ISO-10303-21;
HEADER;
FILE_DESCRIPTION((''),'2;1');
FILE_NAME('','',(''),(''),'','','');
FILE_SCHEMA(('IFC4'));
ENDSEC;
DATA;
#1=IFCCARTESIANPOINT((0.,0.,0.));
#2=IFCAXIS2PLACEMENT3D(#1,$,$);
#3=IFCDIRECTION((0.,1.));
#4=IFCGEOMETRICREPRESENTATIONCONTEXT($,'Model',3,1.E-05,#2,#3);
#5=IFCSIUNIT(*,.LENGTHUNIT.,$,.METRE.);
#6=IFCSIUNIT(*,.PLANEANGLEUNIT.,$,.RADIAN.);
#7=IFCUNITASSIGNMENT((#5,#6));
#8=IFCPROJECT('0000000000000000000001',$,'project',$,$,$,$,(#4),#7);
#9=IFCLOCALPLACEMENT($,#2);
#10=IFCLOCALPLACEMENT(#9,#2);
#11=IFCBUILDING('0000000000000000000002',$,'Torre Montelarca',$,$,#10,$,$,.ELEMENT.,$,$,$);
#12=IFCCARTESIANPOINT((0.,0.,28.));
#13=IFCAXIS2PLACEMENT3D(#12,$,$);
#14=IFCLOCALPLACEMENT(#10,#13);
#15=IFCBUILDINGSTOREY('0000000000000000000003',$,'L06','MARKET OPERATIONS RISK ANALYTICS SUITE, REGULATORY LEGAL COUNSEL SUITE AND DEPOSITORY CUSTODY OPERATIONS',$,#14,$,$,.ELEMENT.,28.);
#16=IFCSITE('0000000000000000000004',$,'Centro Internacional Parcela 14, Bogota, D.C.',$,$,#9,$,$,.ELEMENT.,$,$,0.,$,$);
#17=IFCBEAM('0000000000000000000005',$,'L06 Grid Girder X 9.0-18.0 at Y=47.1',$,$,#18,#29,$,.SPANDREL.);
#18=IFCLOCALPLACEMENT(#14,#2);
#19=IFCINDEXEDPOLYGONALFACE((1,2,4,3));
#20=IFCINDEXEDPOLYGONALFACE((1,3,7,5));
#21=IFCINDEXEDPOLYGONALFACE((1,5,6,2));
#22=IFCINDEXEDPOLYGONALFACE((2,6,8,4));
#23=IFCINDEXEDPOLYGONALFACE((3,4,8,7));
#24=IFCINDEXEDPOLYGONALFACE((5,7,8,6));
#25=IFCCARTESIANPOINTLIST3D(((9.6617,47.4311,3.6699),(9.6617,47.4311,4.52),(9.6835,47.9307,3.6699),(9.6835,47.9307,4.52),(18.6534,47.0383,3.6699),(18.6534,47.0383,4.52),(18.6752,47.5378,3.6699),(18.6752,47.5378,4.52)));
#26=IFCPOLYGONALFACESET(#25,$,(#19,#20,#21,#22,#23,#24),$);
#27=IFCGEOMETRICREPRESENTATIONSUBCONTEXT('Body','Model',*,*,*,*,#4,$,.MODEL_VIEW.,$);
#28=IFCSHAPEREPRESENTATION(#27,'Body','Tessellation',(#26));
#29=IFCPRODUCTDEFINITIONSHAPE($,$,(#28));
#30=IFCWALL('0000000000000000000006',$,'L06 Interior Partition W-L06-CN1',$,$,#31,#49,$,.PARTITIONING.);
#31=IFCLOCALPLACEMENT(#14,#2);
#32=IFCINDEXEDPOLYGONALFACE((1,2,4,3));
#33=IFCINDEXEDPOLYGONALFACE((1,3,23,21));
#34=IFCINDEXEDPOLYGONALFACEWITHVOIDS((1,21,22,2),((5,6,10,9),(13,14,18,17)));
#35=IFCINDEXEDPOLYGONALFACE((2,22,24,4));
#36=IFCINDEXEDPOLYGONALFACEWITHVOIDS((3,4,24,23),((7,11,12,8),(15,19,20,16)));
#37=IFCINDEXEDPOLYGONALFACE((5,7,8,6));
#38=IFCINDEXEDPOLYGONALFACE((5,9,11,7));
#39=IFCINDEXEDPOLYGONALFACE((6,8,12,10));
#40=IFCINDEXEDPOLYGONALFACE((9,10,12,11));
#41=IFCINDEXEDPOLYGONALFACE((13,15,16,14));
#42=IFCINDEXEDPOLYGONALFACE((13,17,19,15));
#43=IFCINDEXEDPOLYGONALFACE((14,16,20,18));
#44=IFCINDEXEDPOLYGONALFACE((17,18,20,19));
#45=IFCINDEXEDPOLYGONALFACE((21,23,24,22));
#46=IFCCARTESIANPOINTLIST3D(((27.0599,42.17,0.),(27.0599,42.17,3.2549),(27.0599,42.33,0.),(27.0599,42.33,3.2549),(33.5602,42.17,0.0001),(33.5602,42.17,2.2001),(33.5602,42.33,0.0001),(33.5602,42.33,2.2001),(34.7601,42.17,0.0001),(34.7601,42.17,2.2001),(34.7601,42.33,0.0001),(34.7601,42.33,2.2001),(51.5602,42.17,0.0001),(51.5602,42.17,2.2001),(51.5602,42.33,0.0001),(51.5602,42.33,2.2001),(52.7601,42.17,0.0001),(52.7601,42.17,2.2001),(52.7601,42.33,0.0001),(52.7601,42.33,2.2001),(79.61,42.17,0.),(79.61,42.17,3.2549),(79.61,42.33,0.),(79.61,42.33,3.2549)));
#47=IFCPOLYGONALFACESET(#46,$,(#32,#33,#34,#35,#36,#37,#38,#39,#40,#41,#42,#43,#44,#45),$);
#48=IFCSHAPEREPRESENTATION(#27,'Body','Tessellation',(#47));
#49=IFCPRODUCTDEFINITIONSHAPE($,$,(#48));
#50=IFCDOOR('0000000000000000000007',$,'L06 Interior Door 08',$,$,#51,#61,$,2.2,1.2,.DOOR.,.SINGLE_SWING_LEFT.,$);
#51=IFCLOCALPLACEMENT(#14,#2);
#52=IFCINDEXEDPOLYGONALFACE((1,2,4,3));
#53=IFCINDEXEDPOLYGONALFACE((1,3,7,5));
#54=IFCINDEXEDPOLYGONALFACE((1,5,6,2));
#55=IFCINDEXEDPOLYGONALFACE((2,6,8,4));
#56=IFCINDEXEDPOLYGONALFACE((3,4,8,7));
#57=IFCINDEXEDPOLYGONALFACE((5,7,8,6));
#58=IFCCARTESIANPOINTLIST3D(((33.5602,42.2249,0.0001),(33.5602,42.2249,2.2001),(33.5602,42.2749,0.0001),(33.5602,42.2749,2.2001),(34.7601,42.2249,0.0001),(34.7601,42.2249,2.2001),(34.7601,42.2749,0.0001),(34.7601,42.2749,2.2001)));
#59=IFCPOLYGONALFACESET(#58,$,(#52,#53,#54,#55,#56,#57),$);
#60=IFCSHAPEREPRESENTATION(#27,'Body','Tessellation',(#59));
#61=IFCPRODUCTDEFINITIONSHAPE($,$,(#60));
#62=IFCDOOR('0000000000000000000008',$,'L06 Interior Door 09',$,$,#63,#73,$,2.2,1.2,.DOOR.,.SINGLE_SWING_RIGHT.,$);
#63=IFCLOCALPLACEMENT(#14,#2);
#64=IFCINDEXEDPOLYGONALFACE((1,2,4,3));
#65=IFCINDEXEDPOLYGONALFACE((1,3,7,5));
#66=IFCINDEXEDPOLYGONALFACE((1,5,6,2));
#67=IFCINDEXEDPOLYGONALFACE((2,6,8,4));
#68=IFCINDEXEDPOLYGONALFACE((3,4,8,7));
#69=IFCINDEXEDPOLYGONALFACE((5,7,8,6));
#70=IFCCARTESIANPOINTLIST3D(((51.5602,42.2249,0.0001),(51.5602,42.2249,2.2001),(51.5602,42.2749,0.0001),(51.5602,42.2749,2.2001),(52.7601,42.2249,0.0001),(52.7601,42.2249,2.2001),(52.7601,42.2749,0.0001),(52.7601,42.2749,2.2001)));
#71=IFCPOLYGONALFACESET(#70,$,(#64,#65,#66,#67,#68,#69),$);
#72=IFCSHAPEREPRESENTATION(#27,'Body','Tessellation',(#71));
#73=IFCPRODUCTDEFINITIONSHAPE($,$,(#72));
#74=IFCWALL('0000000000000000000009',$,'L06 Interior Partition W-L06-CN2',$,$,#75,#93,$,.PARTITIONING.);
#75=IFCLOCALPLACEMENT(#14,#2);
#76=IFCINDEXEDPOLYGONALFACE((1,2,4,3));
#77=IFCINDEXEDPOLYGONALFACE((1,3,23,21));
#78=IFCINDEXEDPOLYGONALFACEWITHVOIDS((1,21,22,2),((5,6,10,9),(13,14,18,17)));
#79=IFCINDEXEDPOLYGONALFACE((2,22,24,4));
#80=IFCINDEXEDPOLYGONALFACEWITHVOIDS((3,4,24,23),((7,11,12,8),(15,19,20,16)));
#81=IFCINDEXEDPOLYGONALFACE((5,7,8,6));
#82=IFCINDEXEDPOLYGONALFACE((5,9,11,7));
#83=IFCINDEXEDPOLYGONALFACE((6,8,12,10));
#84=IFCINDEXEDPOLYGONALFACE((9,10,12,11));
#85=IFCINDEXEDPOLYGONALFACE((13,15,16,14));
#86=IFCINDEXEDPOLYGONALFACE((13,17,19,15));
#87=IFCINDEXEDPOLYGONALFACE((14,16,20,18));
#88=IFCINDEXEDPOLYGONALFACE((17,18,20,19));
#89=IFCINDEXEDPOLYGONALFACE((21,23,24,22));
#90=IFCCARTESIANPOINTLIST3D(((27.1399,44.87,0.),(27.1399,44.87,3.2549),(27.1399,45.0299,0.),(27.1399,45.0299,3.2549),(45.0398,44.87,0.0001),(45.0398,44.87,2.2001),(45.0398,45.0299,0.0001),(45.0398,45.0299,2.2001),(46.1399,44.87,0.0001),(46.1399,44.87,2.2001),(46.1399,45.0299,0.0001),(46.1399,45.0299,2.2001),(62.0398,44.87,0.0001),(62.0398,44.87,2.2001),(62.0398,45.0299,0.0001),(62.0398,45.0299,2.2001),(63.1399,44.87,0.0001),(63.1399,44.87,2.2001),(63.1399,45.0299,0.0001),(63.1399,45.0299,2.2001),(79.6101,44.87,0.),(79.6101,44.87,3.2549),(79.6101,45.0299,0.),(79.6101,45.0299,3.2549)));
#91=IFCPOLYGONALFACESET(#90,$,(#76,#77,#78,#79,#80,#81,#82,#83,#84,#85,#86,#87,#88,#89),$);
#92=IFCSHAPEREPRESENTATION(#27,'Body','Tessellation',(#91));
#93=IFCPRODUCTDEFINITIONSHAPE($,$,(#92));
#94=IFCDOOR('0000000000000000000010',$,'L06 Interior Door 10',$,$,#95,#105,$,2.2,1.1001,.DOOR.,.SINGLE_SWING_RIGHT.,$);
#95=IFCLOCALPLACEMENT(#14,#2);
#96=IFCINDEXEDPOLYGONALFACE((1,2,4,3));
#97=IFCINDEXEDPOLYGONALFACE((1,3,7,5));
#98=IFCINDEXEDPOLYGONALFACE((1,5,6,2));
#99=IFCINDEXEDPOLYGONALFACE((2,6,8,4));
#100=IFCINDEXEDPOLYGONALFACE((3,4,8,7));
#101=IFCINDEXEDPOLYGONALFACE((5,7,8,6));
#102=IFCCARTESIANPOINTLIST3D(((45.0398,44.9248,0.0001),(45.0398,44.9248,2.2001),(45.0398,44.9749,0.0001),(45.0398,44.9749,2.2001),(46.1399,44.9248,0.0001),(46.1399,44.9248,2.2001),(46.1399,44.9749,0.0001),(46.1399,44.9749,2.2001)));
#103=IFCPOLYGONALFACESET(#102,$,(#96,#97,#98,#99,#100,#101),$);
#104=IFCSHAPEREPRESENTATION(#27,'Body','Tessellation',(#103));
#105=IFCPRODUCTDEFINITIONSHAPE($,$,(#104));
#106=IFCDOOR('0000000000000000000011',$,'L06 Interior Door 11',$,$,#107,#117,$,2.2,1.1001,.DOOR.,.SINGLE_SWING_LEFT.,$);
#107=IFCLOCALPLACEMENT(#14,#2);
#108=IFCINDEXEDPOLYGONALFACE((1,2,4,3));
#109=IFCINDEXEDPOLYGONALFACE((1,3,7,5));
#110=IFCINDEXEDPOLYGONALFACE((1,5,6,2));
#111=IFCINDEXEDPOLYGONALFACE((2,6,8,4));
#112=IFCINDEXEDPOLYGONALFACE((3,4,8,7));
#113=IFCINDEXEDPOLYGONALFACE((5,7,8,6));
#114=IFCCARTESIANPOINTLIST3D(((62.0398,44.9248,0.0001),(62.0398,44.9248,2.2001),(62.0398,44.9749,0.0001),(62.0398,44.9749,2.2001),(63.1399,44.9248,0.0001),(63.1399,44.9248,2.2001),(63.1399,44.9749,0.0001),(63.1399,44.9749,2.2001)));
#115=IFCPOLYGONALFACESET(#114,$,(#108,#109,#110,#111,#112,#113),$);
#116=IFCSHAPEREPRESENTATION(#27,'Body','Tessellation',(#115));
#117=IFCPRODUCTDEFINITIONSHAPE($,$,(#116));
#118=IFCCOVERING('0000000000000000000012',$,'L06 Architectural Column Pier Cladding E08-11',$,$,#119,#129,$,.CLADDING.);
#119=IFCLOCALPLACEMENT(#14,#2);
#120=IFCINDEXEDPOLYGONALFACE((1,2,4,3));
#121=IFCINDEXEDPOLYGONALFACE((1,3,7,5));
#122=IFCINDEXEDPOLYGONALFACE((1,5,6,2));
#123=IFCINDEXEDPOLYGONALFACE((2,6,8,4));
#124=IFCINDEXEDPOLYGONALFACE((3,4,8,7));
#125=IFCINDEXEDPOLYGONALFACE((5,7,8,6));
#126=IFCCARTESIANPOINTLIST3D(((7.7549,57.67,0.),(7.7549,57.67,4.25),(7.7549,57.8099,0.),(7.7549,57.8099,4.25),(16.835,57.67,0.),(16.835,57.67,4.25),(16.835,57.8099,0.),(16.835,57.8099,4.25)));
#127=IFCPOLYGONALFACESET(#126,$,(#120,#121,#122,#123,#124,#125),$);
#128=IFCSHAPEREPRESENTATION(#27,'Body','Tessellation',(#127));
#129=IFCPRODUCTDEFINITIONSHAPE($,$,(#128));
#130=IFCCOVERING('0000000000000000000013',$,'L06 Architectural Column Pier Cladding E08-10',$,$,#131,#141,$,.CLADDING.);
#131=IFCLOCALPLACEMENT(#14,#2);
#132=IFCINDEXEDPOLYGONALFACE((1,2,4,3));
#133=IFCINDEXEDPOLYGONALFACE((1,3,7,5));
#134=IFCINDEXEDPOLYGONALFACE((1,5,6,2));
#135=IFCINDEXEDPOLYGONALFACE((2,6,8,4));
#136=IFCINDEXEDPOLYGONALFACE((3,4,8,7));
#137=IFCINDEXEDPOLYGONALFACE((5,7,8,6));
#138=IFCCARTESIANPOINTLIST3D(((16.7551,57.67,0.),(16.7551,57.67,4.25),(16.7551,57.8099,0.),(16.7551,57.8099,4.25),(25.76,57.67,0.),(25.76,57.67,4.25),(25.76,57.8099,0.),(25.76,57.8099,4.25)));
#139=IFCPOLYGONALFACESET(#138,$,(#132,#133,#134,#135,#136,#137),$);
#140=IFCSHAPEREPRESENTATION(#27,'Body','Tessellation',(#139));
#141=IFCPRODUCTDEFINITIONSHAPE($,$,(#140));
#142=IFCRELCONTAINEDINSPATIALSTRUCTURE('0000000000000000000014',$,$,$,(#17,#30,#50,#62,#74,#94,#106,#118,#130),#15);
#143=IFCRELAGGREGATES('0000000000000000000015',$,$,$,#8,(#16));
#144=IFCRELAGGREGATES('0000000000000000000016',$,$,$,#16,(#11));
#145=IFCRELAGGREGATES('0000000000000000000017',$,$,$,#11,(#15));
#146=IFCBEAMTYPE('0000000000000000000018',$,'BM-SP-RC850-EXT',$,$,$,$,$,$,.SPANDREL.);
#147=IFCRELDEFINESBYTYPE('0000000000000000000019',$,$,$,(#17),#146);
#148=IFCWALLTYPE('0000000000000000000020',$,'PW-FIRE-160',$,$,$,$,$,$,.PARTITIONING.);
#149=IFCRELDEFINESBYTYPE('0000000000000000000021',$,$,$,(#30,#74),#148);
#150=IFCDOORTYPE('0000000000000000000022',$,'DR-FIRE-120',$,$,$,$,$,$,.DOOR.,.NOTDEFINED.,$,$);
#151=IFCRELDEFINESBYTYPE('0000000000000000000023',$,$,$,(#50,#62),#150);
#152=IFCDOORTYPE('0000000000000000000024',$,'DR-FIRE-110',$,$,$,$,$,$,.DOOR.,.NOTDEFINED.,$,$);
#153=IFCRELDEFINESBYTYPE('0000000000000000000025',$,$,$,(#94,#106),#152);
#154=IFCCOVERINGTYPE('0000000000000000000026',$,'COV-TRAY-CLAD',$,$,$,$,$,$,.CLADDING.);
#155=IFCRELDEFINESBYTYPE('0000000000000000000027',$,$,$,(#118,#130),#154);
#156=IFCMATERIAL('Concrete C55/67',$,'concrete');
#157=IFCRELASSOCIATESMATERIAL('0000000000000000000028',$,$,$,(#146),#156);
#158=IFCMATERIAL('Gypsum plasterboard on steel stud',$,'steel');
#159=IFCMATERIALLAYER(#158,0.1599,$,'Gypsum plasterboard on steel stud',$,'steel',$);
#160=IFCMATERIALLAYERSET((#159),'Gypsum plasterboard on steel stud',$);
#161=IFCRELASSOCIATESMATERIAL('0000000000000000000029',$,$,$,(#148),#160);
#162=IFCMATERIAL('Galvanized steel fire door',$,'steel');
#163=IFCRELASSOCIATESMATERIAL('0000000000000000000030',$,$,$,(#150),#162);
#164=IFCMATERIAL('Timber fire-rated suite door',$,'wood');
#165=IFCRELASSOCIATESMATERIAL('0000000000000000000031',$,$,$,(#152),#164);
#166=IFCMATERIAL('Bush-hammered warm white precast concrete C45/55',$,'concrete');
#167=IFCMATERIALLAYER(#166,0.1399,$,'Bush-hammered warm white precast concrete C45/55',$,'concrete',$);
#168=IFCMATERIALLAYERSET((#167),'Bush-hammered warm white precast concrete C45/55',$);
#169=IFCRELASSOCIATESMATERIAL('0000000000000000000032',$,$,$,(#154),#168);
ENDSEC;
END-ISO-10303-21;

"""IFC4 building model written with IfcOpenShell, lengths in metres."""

from ifc_helpers import new_model, si_unit, direction, frame, frame_2d, origin, origin_2d, place, context, subcontext, project, spatial, rectangle, extrude, source, transform, mapped, material, layer, layer_set, material_profile, profile_set, type_object, element, fill, save


model = new_model("IFC4")

# Units and contexts
model_context = context("Model", 3, precision=1e-05, world=origin(), true_north=direction((0.0, 1.0)))
body_context = subcontext(model_context, "Body", "Model", "MODEL_VIEW")
ifc_project = project(units=[si_unit("LENGTHUNIT", "METRE"), si_unit("PLANEANGLEUNIT", "RADIAN")], contexts=[model_context])

# Site, building, storey
site_placement = place(None, origin())
site = spatial("IfcSite", under=ifc_project, at=site_placement, Name="Centro Internacional Parcela 14, Bogota, D.C.", CompositionType="ELEMENT", RefElevation=0.0)
building_placement = place(site_placement, origin())
building = spatial("IfcBuilding", under=site, at=building_placement, Name="Torre Montelarca", CompositionType="ELEMENT")
storey_placement = place(building_placement, frame((0.0, 0.0, 28.0)))
storey = spatial("IfcBuildingStorey", under=building, at=storey_placement, Name="L06", Description="MARKET OPERATIONS RISK ANALYTICS SUITE, REGULATORY LEGAL COUNSEL SUITE AND DEPOSITORY CUSTODY OPERATIONS", CompositionType="ELEMENT", Elevation=28.0)

# Beam
ifc_material_1 = material(Name="Concrete C55/67", Category="concrete")
ifc_material_profile_1 = material_profile(ifc_material_1, rectangle(XDim=0.5, YDim=0.8501, at=origin_2d()), Name="RCB500X850", Category="concrete")
ifc_profile_set_1 = profile_set([ifc_material_profile_1], Name="Concrete C55/67")
beam_type_1 = type_object("IfcBeamType", Name="BM-SP-RC850-EXT", PredefinedType="SPANDREL", material=ifc_profile_set_1)
shared_shape_1 = source(origin(), body_context, "Body", "SweptSolid", [
    extrude(rectangle(XDim=0.5, YDim=0.8501, at=origin_2d()), origin(), (0.0, 0.0, 1.0), 9.0002),
])
beam_1_placement = place(storey_placement, frame((9.6726, 47.6809, 4.095), z_axis=(0.999047, -0.043646, 0.0), x_axis=(0.043646, 0.999047, 0.0)))
element("IfcBeam", 1, at=beam_1_placement, inside=storey, type_object=beam_type_1, Name="L06 Grid Girder X 9.0-18.0 at Y=47.1", PredefinedType="SPANDREL", context=body_context, shape_type="MappedRepresentation", body=[
    mapped(shared_shape_1, transform((0.0, 0.0, 0.0), scale=1.0)),
])

# Walls, openings, doors
ifc_material_2 = material(Name="Gypsum plasterboard on steel stud", Category="steel")
ifc_layer_1 = layer(ifc_material_2, 0.1599, Name="Gypsum plasterboard on steel stud", Category="steel")
ifc_layer_set_1 = layer_set([ifc_layer_1], Name="Gypsum plasterboard on steel stud")
wall_type = type_object("IfcWallType", Name="PW-FIRE-160", PredefinedType="PARTITIONING", material=ifc_layer_set_1)
wall_1_placement = place(storey_placement, frame((27.0601, 42.25, 0.0), z_axis=(0.0, 0.0, 1.0), x_axis=(1.0, 0.0, 0.0)))
wall_1 = element("IfcWall", 2, at=wall_1_placement, inside=storey, type_object=wall_type, Name="L06 Interior Partition W-L06-CN1", PredefinedType="PARTITIONING", context=body_context, shape_type="SweptSolid", body=[
    extrude(rectangle(XDim=52.55, YDim=0.1599, at=frame_2d((26.2749, 0.0))), origin(), (0.0, 0.0, 1.0), 3.2549),
])
opening_1_placement = place(wall_1_placement, frame((6.5, 0.0, 0.0)))
opening_1 = element("IfcOpeningElement", 3, at=opening_1_placement, cuts=wall_1, PredefinedType="OPENING", context=body_context, shape_type="SweptSolid", body=[
    extrude(rectangle(XDim=1.2, YDim=2.2, at=frame_2d((0.6001, 1.1001))), frame((0.0, 0.0898, 0.0), z_axis=(0.0, -1.0, 0.0), x_axis=(1.0, 0.0, 0.0)), (0.0, 0.0, 1.0), 0.1799),
])
opening_2_placement = place(wall_1_placement, frame((24.5, 0.0, 0.0)))
opening_2 = element("IfcOpeningElement", 4, at=opening_2_placement, cuts=wall_1, PredefinedType="OPENING", context=body_context, shape_type="SweptSolid", body=[
    extrude(rectangle(XDim=1.2, YDim=2.2, at=frame_2d((0.6001, 1.1001))), frame((0.0, 0.0898, 0.0), z_axis=(0.0, -1.0, 0.0), x_axis=(1.0, 0.0, 0.0)), (0.0, 0.0, 1.0), 0.1799),
])
ifc_material_3 = material(Name="Galvanized steel fire door", Category="steel")
door_type_1 = type_object("IfcDoorType", Name="DR-FIRE-120", OperationType="NOTDEFINED", PredefinedType="DOOR", material=ifc_material_3)
shared_shape_2 = source(origin(), body_context, "Body", "SweptSolid", [
    extrude(rectangle(XDim=1.2, YDim=2.2, at=frame_2d((0.6001, 1.1001))), frame((0.0, 0.0249, 0.0), z_axis=(0.0, -1.0, 0.0), x_axis=(1.0, 0.0, 0.0)), (0.0, 0.0, 1.0), 0.05),
])
door_1_placement = place(opening_1_placement, origin())
door_1 = element("IfcDoor", 5, at=door_1_placement, inside=storey, type_object=door_type_1, Name="L06 Interior Door 08", OperationType="SINGLE_SWING_LEFT", OverallHeight=2.2, OverallWidth=1.2, PredefinedType="DOOR", context=body_context, shape_type="MappedRepresentation", body=[
    mapped(shared_shape_2, transform((0.0, 0.0, 0.0), scale=1.0)),
])
fill(opening_1, door_1)
door_2_placement = place(opening_2_placement, origin())
door_2 = element("IfcDoor", 6, at=door_2_placement, inside=storey, type_object=door_type_1, Name="L06 Interior Door 09", OperationType="SINGLE_SWING_RIGHT", OverallHeight=2.2, OverallWidth=1.2, PredefinedType="DOOR", context=body_context, shape_type="MappedRepresentation", body=[
    mapped(shared_shape_2, transform((0.0, 0.0, 0.0), scale=1.0)),
])
fill(opening_2, door_2)
wall_2_placement = place(storey_placement, frame((27.1399, 44.95, 0.0), z_axis=(0.0, 0.0, 1.0), x_axis=(1.0, 0.0, 0.0)))
wall_2 = element("IfcWall", 7, at=wall_2_placement, inside=storey, type_object=wall_type, Name="L06 Interior Partition W-L06-CN2", PredefinedType="PARTITIONING", context=body_context, shape_type="SweptSolid", body=[
    extrude(rectangle(XDim=52.4702, YDim=0.1599, at=frame_2d((26.2351, 0.0))), origin(), (0.0, 0.0, 1.0), 3.2549),
])
opening_3_placement = place(wall_2_placement, frame((17.8999, 0.0, 0.0)))
opening_3 = element("IfcOpeningElement", 8, at=opening_3_placement, cuts=wall_2, PredefinedType="OPENING", context=body_context, shape_type="SweptSolid", body=[
    extrude(rectangle(XDim=1.1001, YDim=2.2, at=frame_2d((0.55, 1.1001))), frame((0.0, 0.0898, 0.0), z_axis=(0.0, -1.0, 0.0), x_axis=(1.0, 0.0, 0.0)), (0.0, 0.0, 1.0), 0.1799),
])
opening_4_placement = place(wall_2_placement, frame((34.8999, 0.0, 0.0)))
opening_4 = element("IfcOpeningElement", 9, at=opening_4_placement, cuts=wall_2, PredefinedType="OPENING", context=body_context, shape_type="SweptSolid", body=[
    extrude(rectangle(XDim=1.1001, YDim=2.2, at=frame_2d((0.55, 1.1001))), frame((0.0, 0.0898, 0.0), z_axis=(0.0, -1.0, 0.0), x_axis=(1.0, 0.0, 0.0)), (0.0, 0.0, 1.0), 0.1799),
])
ifc_material_4 = material(Name="Timber fire-rated suite door", Category="wood")
door_type_2 = type_object("IfcDoorType", Name="DR-FIRE-110", OperationType="NOTDEFINED", PredefinedType="DOOR", material=ifc_material_4)
shared_shape_3 = source(origin(), body_context, "Body", "SweptSolid", [
    extrude(rectangle(XDim=1.1001, YDim=2.2, at=frame_2d((0.55, 1.1001))), frame((0.0, 0.0249, 0.0), z_axis=(0.0, -1.0, 0.0), x_axis=(1.0, 0.0, 0.0)), (0.0, 0.0, 1.0), 0.05),
])
door_3_placement = place(opening_3_placement, origin())
door_3 = element("IfcDoor", 10, at=door_3_placement, inside=storey, type_object=door_type_2, Name="L06 Interior Door 10", OperationType="SINGLE_SWING_RIGHT", OverallHeight=2.2, OverallWidth=1.1001, PredefinedType="DOOR", context=body_context, shape_type="MappedRepresentation", body=[
    mapped(shared_shape_3, transform((0.0, 0.0, 0.0), scale=1.0)),
])
fill(opening_3, door_3)
door_4_placement = place(opening_4_placement, origin())
door_4 = element("IfcDoor", 11, at=door_4_placement, inside=storey, type_object=door_type_2, Name="L06 Interior Door 11", OperationType="SINGLE_SWING_LEFT", OverallHeight=2.2, OverallWidth=1.1001, PredefinedType="DOOR", context=body_context, shape_type="MappedRepresentation", body=[
    mapped(shared_shape_3, transform((0.0, 0.0, 0.0), scale=1.0)),
])
fill(opening_4, door_4)

# Coverings
ifc_material_5 = material(Name="Bush-hammered warm white precast concrete C45/55", Category="concrete")
ifc_layer_2 = layer(ifc_material_5, 0.1399, Name="Bush-hammered warm white precast concrete C45/55", Category="concrete")
ifc_layer_set_2 = layer_set([ifc_layer_2], Name="Bush-hammered warm white precast concrete C45/55")
covering_type = type_object("IfcCoveringType", Name="COV-TRAY-CLAD", PredefinedType="CLADDING", material=ifc_layer_set_2)
shared_shape_4 = source(origin(), body_context, "Body", "SweptSolid", [
    extrude(rectangle(XDim=9.0801, YDim=0.1399, at=origin_2d()), origin(), (0.0, 0.0, 1.0), 4.25),
])
covering_1_placement = place(storey_placement, frame((12.2949, 57.74, 0.0), z_axis=(0.0, 0.0, 1.0), x_axis=(-1.0, 0.0, 0.0)))
element("IfcCovering", 12, at=covering_1_placement, inside=storey, type_object=covering_type, Name="L06 Architectural Column Pier Cladding E08-11", PredefinedType="CLADDING", context=body_context, shape_type="MappedRepresentation", body=[
    mapped(shared_shape_4, transform((0.0, 0.0, 0.0), scale=1.0)),
])
shared_shape_5 = source(origin(), body_context, "Body", "SweptSolid", [
    extrude(rectangle(XDim=9.0049, YDim=0.1399, at=origin_2d()), origin(), (0.0, 0.0, 1.0), 4.25),
])
covering_2_placement = place(storey_placement, frame((21.2576, 57.74, 0.0), z_axis=(0.0, 0.0, 1.0), x_axis=(-1.0, 0.0, 0.0)))
element("IfcCovering", 13, at=covering_2_placement, inside=storey, type_object=covering_type, Name="L06 Architectural Column Pier Cladding E08-10", PredefinedType="CLADDING", context=body_context, shape_type="MappedRepresentation", body=[
    mapped(shared_shape_5, transform((0.0, 0.0, 0.0), scale=1.0)),
])

save(model, "model.ifc")
